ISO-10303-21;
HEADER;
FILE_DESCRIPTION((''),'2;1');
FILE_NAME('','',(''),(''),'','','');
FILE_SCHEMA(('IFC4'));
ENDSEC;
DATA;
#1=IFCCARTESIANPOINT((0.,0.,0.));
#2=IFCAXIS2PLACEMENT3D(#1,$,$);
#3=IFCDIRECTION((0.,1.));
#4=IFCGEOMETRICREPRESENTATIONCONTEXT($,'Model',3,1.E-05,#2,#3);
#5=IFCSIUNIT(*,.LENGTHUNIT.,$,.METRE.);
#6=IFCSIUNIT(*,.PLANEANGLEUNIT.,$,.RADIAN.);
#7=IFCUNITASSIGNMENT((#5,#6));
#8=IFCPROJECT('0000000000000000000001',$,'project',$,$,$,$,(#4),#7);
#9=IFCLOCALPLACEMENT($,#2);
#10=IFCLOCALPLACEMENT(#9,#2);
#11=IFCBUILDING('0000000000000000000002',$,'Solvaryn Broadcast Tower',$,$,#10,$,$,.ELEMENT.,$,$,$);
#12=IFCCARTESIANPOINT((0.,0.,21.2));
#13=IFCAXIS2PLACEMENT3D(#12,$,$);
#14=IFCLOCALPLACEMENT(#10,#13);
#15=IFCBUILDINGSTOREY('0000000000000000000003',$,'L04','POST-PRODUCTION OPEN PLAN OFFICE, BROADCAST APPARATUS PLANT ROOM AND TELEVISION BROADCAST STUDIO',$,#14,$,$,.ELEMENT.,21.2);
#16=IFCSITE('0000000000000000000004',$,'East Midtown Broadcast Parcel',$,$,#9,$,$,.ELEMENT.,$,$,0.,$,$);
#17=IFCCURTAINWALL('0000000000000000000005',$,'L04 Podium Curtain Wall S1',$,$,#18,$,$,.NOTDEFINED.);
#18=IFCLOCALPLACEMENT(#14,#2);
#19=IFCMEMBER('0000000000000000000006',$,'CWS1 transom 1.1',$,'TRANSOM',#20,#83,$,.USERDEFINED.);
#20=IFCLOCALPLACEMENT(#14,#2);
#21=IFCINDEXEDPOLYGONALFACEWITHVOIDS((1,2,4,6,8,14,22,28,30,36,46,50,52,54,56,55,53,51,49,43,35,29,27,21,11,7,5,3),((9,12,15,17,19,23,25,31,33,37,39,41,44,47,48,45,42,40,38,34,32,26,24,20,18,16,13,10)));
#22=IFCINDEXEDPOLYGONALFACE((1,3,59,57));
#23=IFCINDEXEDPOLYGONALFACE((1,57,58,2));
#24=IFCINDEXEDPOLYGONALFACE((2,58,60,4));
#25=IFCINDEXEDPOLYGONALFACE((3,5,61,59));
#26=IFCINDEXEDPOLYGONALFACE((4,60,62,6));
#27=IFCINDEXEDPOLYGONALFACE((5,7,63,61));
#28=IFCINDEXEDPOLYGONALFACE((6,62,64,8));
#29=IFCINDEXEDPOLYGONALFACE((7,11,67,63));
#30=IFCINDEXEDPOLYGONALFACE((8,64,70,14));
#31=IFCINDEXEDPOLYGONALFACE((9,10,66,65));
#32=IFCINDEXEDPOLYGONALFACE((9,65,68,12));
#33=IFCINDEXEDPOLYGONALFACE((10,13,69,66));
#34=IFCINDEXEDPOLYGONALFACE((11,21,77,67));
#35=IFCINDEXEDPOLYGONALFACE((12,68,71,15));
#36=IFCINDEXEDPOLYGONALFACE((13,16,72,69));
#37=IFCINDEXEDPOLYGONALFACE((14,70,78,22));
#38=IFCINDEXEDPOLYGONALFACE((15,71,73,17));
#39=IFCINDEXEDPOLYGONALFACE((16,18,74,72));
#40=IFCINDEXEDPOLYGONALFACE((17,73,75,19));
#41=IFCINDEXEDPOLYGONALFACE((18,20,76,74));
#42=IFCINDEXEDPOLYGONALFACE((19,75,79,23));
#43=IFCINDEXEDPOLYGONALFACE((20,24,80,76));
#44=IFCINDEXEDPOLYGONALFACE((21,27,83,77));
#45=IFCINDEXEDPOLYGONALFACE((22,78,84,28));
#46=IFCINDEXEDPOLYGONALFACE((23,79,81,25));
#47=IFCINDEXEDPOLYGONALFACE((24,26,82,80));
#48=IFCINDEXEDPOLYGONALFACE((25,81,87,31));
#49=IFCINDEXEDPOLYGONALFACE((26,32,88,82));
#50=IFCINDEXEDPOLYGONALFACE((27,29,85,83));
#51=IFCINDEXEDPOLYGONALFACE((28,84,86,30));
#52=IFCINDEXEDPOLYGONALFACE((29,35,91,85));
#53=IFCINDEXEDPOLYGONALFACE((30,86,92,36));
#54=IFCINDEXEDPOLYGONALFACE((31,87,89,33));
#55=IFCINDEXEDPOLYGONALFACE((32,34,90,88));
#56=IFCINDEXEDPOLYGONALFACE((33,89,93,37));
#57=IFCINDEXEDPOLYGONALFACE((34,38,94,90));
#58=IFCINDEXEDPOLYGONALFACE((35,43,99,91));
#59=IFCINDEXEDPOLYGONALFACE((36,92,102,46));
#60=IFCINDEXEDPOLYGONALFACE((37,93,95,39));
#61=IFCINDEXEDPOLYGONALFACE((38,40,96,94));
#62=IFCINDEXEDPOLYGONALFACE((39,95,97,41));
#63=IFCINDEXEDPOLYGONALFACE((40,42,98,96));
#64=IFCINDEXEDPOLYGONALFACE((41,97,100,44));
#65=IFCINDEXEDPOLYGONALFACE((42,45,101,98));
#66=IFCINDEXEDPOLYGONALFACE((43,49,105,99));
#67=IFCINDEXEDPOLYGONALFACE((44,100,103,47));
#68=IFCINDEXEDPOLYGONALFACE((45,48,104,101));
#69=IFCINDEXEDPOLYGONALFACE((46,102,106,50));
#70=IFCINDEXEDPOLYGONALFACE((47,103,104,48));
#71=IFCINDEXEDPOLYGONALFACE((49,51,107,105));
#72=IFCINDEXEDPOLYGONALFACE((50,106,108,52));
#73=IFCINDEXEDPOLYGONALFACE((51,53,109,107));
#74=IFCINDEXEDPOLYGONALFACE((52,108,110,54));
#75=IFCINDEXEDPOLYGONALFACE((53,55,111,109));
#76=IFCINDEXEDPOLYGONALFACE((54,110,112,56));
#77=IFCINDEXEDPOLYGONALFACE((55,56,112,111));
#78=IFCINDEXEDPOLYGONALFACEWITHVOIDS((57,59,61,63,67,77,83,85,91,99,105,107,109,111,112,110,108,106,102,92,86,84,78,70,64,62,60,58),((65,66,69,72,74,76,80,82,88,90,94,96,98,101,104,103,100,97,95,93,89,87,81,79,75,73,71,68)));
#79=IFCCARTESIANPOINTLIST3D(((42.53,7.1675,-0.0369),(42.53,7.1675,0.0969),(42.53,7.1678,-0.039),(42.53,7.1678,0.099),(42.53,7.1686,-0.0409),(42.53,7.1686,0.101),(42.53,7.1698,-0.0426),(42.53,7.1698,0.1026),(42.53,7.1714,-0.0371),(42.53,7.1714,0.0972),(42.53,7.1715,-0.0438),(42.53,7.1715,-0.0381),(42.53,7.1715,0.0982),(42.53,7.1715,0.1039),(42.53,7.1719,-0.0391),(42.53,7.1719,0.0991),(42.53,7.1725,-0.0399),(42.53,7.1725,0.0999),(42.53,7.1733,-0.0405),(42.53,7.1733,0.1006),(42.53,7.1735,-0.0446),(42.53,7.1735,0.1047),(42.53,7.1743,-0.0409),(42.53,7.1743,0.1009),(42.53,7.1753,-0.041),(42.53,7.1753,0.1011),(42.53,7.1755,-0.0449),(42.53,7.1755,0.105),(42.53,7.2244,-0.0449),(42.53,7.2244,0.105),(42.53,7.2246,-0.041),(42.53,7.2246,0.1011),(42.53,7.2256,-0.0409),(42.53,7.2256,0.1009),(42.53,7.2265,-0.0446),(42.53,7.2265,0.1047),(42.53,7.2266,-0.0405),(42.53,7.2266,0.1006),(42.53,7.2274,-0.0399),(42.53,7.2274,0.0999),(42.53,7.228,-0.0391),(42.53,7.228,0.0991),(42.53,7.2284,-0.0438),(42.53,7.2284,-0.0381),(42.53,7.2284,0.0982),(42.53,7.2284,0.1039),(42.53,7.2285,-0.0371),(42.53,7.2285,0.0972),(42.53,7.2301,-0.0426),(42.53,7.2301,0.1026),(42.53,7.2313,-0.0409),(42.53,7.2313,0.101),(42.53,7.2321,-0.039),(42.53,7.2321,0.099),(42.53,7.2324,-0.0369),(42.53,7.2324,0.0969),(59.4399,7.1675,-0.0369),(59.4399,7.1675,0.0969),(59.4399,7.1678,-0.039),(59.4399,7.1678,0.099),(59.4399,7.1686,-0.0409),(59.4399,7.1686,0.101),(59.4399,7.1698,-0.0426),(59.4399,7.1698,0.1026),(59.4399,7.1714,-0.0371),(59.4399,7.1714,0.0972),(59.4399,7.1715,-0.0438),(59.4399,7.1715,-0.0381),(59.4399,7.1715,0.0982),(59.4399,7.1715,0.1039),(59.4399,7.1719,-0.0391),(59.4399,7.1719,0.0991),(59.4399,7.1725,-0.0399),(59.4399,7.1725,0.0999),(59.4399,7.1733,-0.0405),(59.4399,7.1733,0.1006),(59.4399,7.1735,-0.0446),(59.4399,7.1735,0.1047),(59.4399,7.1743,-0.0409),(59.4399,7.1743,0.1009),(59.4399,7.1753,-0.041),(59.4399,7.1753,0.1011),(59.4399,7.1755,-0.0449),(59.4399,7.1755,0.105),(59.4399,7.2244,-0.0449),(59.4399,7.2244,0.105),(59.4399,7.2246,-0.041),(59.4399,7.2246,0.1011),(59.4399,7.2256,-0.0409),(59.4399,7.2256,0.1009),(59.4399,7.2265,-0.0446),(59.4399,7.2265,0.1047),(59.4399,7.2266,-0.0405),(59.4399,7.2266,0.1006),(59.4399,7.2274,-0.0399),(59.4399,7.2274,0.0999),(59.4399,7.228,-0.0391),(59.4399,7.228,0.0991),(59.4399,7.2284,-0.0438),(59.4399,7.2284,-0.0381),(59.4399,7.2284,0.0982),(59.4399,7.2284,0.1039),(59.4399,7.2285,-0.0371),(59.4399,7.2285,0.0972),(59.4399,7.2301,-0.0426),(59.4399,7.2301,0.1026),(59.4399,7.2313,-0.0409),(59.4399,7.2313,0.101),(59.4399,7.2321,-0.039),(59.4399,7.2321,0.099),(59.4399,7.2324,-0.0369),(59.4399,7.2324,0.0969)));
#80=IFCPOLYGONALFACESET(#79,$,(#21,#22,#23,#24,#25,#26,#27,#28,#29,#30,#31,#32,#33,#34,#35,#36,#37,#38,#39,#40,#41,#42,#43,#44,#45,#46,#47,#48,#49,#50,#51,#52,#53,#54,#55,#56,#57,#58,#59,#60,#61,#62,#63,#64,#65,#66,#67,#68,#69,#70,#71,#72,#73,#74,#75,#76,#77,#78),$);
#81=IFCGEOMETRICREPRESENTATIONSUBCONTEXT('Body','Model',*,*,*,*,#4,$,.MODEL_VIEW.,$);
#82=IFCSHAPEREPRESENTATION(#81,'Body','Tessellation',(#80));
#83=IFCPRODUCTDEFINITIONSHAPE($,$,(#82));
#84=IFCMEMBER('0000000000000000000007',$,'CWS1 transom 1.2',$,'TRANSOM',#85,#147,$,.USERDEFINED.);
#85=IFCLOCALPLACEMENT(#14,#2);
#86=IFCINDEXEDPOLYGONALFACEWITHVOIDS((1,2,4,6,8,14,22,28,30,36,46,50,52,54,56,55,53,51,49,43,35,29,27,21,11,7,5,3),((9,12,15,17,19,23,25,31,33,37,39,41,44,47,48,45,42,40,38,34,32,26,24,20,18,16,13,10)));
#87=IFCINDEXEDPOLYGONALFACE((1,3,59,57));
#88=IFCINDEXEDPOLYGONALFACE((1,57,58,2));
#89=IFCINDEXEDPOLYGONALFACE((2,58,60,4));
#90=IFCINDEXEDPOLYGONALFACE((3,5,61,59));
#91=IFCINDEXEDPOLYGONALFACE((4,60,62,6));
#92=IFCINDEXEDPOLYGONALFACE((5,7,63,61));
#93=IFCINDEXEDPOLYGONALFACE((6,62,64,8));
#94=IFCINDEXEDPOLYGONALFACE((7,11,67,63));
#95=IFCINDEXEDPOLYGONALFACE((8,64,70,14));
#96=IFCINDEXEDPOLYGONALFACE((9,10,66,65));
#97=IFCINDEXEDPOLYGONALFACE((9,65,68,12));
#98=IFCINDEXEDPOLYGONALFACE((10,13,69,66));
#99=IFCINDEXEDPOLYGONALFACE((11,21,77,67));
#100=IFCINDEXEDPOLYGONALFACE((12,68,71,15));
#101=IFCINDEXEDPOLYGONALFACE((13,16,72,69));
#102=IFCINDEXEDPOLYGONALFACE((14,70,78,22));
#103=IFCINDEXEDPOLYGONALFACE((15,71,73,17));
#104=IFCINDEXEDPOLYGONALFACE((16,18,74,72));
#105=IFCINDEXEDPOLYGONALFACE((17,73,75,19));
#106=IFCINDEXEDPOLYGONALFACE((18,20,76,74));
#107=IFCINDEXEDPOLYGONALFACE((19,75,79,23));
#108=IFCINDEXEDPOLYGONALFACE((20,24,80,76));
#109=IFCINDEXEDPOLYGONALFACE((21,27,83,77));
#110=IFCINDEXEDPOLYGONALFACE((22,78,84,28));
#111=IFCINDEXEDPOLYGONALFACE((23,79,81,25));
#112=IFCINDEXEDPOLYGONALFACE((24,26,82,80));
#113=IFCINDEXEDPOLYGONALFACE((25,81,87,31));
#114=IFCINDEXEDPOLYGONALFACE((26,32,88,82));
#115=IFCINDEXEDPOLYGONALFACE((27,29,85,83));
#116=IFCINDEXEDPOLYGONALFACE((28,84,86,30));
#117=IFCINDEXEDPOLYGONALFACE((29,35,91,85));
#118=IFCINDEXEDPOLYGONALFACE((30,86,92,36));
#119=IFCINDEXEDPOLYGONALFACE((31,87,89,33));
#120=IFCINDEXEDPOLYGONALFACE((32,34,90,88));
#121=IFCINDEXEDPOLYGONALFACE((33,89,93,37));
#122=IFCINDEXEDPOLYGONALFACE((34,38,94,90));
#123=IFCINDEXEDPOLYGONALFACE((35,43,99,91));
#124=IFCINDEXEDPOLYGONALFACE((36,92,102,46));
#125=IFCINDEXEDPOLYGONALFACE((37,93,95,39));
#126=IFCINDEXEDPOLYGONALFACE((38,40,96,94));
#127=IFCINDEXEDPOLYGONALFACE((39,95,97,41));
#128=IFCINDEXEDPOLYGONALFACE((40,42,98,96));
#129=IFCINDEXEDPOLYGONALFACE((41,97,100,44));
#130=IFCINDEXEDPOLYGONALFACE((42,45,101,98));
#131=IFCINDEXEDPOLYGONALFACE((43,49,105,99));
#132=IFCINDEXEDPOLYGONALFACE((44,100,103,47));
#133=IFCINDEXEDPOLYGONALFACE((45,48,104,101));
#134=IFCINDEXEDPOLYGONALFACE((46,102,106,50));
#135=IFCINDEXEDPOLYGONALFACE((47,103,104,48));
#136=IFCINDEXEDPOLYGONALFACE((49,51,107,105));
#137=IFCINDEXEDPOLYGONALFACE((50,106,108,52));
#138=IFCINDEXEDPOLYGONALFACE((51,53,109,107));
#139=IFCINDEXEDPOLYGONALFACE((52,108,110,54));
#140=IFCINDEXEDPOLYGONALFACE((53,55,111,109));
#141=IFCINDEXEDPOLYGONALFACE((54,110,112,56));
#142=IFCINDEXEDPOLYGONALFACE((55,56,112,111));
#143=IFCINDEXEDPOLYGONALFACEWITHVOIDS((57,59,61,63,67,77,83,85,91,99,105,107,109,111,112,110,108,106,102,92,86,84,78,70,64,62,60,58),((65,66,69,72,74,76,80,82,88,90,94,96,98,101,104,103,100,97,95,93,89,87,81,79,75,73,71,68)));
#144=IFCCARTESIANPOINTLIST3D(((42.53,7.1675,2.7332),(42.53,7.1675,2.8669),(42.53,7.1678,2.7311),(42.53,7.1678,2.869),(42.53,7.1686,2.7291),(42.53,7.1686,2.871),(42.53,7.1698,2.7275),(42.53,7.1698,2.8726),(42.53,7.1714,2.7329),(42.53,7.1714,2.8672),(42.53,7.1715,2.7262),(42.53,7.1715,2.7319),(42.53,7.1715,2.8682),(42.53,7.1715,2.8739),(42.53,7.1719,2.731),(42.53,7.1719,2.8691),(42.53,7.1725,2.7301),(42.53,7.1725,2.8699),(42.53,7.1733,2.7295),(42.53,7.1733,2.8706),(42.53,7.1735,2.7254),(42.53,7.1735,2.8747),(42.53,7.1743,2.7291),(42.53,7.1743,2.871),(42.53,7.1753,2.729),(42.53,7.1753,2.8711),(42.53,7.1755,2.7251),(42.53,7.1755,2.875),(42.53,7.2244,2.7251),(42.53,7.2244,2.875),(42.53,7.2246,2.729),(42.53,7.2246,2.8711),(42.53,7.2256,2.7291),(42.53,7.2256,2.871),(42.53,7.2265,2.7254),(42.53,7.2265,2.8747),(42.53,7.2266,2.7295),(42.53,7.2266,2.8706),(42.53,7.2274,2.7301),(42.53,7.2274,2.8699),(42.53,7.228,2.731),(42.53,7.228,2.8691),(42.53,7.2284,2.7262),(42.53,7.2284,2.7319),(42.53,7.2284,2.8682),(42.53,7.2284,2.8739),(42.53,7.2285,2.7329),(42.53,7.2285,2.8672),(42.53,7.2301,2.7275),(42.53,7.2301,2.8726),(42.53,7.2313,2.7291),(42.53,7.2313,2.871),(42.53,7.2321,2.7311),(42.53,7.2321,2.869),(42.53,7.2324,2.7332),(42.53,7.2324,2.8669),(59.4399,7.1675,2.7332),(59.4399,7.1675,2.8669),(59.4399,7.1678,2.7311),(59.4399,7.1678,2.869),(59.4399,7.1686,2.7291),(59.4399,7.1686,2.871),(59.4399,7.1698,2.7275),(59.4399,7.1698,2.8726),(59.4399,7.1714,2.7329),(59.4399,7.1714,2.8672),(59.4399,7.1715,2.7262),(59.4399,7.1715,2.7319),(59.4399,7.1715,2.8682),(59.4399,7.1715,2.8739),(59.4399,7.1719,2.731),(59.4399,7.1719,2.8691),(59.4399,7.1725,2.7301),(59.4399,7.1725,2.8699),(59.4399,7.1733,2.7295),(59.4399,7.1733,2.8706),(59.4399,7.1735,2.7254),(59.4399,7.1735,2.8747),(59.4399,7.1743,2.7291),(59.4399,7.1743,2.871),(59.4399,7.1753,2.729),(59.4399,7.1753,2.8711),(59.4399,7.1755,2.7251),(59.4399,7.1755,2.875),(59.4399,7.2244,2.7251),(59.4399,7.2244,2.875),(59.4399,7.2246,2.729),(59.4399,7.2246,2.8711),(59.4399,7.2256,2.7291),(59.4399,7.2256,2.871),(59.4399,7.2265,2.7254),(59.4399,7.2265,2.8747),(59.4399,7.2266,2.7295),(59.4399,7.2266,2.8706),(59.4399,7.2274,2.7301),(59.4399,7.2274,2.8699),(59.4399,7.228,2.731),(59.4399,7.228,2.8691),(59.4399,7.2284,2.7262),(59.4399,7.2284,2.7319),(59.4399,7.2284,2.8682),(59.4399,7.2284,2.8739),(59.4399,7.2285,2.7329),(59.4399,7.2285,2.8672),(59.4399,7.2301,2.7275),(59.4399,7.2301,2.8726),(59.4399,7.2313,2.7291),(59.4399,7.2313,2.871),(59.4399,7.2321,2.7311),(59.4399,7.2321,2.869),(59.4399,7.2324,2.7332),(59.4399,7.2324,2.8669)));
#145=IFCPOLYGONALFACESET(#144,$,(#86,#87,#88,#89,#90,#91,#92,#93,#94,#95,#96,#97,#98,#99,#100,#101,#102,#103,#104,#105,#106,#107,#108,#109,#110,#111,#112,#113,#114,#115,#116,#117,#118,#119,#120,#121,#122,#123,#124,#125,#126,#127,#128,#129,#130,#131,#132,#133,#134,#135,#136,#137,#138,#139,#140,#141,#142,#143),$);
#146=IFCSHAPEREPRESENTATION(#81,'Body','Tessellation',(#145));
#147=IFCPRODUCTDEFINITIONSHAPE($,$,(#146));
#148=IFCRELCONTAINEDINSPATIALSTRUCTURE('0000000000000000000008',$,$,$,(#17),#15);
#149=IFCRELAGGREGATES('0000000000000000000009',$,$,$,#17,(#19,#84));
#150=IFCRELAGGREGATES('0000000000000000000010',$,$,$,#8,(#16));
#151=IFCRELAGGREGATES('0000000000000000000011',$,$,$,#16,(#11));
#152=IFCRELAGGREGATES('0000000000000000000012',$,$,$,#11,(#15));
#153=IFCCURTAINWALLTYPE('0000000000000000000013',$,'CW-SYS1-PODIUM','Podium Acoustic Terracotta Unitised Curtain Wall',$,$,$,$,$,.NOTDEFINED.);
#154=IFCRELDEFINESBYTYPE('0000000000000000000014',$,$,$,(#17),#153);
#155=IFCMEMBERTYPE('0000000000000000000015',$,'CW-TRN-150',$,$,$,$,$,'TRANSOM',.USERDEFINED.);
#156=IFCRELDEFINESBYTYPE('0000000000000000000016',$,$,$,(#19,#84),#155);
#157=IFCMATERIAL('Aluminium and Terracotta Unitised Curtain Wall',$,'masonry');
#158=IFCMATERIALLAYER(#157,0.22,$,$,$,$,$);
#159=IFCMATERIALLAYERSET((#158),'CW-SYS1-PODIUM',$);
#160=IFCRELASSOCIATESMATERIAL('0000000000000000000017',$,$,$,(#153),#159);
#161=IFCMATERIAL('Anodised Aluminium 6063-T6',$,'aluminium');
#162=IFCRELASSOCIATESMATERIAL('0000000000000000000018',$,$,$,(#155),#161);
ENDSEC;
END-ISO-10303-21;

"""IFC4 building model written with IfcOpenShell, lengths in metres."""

from ifc_helpers import new_model, si_unit, direction, frame, origin, origin_2d, place, context, subcontext, project, spatial, hollow_rectangle, extrude, material, layer, layer_set, material_profile, profile_set, type_object, element, aggregate, save


model = new_model("IFC4")

# Units and contexts
model_context = context("Model", 3, precision=1e-05, world=origin(), true_north=direction((0.0, 1.0)))
body_context = subcontext(model_context, "Body", "Model", "MODEL_VIEW")
ifc_project = project(units=[si_unit("LENGTHUNIT", "METRE"), si_unit("PLANEANGLEUNIT", "RADIAN")], contexts=[model_context])

# Site, building, storey
site_placement = place(None, origin())
site = spatial("IfcSite", under=ifc_project, at=site_placement, Name="East Midtown Broadcast Parcel", CompositionType="ELEMENT", RefElevation=0.0)
building_placement = place(site_placement, origin())
building = spatial("IfcBuilding", under=site, at=building_placement, Name="Solvaryn Broadcast Tower", CompositionType="ELEMENT")
storey_placement = place(building_placement, frame((0.0, 0.0, 21.2)))
storey = spatial("IfcBuildingStorey", under=building, at=storey_placement, Name="L04", Description="POST-PRODUCTION OPEN PLAN OFFICE, BROADCAST APPARATUS PLANT ROOM AND TELEVISION BROADCAST STUDIO", CompositionType="ELEMENT", Elevation=21.2)

# Curtain wall
ifc_material_1 = material(Name="Aluminium and Terracotta Unitised Curtain Wall", Category="masonry")
ifc_layer_1 = layer(ifc_material_1, 0.22)
ifc_layer_set_1 = layer_set([ifc_layer_1], Name="CW-SYS1-PODIUM")
curtain_wall_type = type_object("IfcCurtainWallType", Name="CW-SYS1-PODIUM", Description="Podium Acoustic Terracotta Unitised Curtain Wall", PredefinedType="NOTDEFINED", material=ifc_layer_set_1)
curtain_wall_1_placement = place(storey_placement, origin())
curtain_wall_1 = element("IfcCurtainWall", 1, at=curtain_wall_1_placement, inside=storey, type_object=curtain_wall_type, Name="L04 Podium Curtain Wall S1", PredefinedType="NOTDEFINED")

# Members
ifc_material_2 = material(Name="Anodised Aluminium 6063-T6", Category="aluminium")
ifc_material_profile_1 = material_profile(ifc_material_2, hollow_rectangle(XDim=0.0649, YDim=0.1499, WallThickness=0.0039, InnerFilletRadius=0.0039, OuterFilletRadius=0.0081, at=origin_2d()))
ifc_profile_set_1 = profile_set([ifc_material_profile_1], Name="Anodised Aluminium 6063-T6")
member_type_1 = type_object("IfcMemberType", Name="CW-TRN-150", ElementType="TRANSOM", PredefinedType="USERDEFINED", material=ifc_profile_set_1)
member_1_placement = place(storey_placement, frame((59.4399, 7.2, 0.03), z_axis=(-1.0, 0.0, 0.0), x_axis=(0.0, -1.0, 0.0)))
member_1 = element("IfcMember", 2, at=member_1_placement, type_object=member_type_1, Name="CWS1 transom 1.1", ObjectType="TRANSOM", PredefinedType="USERDEFINED", context=body_context, shape_type="SweptSolid", body=[
    extrude(hollow_rectangle(XDim=0.0649, YDim=0.1499, WallThickness=0.0039, InnerFilletRadius=0.0039, OuterFilletRadius=0.0081, at=origin_2d()), origin(), (0.0, 0.0, 1.0), 16.9099),
])
member_2_placement = place(storey_placement, frame((59.4399, 7.2, 2.8), z_axis=(-1.0, 0.0, 0.0), x_axis=(0.0, -1.0, 0.0)))
member_2 = element("IfcMember", 3, at=member_2_placement, type_object=member_type_1, Name="CWS1 transom 1.2", ObjectType="TRANSOM", PredefinedType="USERDEFINED", context=body_context, shape_type="SweptSolid", body=[
    extrude(hollow_rectangle(XDim=0.0649, YDim=0.1499, WallThickness=0.0039, InnerFilletRadius=0.0039, OuterFilletRadius=0.0081, at=origin_2d()), origin(), (0.0, 0.0, 1.0), 16.9099),
])
aggregate(curtain_wall_1, [member_1, member_2])

save(model, "model.ifc")
